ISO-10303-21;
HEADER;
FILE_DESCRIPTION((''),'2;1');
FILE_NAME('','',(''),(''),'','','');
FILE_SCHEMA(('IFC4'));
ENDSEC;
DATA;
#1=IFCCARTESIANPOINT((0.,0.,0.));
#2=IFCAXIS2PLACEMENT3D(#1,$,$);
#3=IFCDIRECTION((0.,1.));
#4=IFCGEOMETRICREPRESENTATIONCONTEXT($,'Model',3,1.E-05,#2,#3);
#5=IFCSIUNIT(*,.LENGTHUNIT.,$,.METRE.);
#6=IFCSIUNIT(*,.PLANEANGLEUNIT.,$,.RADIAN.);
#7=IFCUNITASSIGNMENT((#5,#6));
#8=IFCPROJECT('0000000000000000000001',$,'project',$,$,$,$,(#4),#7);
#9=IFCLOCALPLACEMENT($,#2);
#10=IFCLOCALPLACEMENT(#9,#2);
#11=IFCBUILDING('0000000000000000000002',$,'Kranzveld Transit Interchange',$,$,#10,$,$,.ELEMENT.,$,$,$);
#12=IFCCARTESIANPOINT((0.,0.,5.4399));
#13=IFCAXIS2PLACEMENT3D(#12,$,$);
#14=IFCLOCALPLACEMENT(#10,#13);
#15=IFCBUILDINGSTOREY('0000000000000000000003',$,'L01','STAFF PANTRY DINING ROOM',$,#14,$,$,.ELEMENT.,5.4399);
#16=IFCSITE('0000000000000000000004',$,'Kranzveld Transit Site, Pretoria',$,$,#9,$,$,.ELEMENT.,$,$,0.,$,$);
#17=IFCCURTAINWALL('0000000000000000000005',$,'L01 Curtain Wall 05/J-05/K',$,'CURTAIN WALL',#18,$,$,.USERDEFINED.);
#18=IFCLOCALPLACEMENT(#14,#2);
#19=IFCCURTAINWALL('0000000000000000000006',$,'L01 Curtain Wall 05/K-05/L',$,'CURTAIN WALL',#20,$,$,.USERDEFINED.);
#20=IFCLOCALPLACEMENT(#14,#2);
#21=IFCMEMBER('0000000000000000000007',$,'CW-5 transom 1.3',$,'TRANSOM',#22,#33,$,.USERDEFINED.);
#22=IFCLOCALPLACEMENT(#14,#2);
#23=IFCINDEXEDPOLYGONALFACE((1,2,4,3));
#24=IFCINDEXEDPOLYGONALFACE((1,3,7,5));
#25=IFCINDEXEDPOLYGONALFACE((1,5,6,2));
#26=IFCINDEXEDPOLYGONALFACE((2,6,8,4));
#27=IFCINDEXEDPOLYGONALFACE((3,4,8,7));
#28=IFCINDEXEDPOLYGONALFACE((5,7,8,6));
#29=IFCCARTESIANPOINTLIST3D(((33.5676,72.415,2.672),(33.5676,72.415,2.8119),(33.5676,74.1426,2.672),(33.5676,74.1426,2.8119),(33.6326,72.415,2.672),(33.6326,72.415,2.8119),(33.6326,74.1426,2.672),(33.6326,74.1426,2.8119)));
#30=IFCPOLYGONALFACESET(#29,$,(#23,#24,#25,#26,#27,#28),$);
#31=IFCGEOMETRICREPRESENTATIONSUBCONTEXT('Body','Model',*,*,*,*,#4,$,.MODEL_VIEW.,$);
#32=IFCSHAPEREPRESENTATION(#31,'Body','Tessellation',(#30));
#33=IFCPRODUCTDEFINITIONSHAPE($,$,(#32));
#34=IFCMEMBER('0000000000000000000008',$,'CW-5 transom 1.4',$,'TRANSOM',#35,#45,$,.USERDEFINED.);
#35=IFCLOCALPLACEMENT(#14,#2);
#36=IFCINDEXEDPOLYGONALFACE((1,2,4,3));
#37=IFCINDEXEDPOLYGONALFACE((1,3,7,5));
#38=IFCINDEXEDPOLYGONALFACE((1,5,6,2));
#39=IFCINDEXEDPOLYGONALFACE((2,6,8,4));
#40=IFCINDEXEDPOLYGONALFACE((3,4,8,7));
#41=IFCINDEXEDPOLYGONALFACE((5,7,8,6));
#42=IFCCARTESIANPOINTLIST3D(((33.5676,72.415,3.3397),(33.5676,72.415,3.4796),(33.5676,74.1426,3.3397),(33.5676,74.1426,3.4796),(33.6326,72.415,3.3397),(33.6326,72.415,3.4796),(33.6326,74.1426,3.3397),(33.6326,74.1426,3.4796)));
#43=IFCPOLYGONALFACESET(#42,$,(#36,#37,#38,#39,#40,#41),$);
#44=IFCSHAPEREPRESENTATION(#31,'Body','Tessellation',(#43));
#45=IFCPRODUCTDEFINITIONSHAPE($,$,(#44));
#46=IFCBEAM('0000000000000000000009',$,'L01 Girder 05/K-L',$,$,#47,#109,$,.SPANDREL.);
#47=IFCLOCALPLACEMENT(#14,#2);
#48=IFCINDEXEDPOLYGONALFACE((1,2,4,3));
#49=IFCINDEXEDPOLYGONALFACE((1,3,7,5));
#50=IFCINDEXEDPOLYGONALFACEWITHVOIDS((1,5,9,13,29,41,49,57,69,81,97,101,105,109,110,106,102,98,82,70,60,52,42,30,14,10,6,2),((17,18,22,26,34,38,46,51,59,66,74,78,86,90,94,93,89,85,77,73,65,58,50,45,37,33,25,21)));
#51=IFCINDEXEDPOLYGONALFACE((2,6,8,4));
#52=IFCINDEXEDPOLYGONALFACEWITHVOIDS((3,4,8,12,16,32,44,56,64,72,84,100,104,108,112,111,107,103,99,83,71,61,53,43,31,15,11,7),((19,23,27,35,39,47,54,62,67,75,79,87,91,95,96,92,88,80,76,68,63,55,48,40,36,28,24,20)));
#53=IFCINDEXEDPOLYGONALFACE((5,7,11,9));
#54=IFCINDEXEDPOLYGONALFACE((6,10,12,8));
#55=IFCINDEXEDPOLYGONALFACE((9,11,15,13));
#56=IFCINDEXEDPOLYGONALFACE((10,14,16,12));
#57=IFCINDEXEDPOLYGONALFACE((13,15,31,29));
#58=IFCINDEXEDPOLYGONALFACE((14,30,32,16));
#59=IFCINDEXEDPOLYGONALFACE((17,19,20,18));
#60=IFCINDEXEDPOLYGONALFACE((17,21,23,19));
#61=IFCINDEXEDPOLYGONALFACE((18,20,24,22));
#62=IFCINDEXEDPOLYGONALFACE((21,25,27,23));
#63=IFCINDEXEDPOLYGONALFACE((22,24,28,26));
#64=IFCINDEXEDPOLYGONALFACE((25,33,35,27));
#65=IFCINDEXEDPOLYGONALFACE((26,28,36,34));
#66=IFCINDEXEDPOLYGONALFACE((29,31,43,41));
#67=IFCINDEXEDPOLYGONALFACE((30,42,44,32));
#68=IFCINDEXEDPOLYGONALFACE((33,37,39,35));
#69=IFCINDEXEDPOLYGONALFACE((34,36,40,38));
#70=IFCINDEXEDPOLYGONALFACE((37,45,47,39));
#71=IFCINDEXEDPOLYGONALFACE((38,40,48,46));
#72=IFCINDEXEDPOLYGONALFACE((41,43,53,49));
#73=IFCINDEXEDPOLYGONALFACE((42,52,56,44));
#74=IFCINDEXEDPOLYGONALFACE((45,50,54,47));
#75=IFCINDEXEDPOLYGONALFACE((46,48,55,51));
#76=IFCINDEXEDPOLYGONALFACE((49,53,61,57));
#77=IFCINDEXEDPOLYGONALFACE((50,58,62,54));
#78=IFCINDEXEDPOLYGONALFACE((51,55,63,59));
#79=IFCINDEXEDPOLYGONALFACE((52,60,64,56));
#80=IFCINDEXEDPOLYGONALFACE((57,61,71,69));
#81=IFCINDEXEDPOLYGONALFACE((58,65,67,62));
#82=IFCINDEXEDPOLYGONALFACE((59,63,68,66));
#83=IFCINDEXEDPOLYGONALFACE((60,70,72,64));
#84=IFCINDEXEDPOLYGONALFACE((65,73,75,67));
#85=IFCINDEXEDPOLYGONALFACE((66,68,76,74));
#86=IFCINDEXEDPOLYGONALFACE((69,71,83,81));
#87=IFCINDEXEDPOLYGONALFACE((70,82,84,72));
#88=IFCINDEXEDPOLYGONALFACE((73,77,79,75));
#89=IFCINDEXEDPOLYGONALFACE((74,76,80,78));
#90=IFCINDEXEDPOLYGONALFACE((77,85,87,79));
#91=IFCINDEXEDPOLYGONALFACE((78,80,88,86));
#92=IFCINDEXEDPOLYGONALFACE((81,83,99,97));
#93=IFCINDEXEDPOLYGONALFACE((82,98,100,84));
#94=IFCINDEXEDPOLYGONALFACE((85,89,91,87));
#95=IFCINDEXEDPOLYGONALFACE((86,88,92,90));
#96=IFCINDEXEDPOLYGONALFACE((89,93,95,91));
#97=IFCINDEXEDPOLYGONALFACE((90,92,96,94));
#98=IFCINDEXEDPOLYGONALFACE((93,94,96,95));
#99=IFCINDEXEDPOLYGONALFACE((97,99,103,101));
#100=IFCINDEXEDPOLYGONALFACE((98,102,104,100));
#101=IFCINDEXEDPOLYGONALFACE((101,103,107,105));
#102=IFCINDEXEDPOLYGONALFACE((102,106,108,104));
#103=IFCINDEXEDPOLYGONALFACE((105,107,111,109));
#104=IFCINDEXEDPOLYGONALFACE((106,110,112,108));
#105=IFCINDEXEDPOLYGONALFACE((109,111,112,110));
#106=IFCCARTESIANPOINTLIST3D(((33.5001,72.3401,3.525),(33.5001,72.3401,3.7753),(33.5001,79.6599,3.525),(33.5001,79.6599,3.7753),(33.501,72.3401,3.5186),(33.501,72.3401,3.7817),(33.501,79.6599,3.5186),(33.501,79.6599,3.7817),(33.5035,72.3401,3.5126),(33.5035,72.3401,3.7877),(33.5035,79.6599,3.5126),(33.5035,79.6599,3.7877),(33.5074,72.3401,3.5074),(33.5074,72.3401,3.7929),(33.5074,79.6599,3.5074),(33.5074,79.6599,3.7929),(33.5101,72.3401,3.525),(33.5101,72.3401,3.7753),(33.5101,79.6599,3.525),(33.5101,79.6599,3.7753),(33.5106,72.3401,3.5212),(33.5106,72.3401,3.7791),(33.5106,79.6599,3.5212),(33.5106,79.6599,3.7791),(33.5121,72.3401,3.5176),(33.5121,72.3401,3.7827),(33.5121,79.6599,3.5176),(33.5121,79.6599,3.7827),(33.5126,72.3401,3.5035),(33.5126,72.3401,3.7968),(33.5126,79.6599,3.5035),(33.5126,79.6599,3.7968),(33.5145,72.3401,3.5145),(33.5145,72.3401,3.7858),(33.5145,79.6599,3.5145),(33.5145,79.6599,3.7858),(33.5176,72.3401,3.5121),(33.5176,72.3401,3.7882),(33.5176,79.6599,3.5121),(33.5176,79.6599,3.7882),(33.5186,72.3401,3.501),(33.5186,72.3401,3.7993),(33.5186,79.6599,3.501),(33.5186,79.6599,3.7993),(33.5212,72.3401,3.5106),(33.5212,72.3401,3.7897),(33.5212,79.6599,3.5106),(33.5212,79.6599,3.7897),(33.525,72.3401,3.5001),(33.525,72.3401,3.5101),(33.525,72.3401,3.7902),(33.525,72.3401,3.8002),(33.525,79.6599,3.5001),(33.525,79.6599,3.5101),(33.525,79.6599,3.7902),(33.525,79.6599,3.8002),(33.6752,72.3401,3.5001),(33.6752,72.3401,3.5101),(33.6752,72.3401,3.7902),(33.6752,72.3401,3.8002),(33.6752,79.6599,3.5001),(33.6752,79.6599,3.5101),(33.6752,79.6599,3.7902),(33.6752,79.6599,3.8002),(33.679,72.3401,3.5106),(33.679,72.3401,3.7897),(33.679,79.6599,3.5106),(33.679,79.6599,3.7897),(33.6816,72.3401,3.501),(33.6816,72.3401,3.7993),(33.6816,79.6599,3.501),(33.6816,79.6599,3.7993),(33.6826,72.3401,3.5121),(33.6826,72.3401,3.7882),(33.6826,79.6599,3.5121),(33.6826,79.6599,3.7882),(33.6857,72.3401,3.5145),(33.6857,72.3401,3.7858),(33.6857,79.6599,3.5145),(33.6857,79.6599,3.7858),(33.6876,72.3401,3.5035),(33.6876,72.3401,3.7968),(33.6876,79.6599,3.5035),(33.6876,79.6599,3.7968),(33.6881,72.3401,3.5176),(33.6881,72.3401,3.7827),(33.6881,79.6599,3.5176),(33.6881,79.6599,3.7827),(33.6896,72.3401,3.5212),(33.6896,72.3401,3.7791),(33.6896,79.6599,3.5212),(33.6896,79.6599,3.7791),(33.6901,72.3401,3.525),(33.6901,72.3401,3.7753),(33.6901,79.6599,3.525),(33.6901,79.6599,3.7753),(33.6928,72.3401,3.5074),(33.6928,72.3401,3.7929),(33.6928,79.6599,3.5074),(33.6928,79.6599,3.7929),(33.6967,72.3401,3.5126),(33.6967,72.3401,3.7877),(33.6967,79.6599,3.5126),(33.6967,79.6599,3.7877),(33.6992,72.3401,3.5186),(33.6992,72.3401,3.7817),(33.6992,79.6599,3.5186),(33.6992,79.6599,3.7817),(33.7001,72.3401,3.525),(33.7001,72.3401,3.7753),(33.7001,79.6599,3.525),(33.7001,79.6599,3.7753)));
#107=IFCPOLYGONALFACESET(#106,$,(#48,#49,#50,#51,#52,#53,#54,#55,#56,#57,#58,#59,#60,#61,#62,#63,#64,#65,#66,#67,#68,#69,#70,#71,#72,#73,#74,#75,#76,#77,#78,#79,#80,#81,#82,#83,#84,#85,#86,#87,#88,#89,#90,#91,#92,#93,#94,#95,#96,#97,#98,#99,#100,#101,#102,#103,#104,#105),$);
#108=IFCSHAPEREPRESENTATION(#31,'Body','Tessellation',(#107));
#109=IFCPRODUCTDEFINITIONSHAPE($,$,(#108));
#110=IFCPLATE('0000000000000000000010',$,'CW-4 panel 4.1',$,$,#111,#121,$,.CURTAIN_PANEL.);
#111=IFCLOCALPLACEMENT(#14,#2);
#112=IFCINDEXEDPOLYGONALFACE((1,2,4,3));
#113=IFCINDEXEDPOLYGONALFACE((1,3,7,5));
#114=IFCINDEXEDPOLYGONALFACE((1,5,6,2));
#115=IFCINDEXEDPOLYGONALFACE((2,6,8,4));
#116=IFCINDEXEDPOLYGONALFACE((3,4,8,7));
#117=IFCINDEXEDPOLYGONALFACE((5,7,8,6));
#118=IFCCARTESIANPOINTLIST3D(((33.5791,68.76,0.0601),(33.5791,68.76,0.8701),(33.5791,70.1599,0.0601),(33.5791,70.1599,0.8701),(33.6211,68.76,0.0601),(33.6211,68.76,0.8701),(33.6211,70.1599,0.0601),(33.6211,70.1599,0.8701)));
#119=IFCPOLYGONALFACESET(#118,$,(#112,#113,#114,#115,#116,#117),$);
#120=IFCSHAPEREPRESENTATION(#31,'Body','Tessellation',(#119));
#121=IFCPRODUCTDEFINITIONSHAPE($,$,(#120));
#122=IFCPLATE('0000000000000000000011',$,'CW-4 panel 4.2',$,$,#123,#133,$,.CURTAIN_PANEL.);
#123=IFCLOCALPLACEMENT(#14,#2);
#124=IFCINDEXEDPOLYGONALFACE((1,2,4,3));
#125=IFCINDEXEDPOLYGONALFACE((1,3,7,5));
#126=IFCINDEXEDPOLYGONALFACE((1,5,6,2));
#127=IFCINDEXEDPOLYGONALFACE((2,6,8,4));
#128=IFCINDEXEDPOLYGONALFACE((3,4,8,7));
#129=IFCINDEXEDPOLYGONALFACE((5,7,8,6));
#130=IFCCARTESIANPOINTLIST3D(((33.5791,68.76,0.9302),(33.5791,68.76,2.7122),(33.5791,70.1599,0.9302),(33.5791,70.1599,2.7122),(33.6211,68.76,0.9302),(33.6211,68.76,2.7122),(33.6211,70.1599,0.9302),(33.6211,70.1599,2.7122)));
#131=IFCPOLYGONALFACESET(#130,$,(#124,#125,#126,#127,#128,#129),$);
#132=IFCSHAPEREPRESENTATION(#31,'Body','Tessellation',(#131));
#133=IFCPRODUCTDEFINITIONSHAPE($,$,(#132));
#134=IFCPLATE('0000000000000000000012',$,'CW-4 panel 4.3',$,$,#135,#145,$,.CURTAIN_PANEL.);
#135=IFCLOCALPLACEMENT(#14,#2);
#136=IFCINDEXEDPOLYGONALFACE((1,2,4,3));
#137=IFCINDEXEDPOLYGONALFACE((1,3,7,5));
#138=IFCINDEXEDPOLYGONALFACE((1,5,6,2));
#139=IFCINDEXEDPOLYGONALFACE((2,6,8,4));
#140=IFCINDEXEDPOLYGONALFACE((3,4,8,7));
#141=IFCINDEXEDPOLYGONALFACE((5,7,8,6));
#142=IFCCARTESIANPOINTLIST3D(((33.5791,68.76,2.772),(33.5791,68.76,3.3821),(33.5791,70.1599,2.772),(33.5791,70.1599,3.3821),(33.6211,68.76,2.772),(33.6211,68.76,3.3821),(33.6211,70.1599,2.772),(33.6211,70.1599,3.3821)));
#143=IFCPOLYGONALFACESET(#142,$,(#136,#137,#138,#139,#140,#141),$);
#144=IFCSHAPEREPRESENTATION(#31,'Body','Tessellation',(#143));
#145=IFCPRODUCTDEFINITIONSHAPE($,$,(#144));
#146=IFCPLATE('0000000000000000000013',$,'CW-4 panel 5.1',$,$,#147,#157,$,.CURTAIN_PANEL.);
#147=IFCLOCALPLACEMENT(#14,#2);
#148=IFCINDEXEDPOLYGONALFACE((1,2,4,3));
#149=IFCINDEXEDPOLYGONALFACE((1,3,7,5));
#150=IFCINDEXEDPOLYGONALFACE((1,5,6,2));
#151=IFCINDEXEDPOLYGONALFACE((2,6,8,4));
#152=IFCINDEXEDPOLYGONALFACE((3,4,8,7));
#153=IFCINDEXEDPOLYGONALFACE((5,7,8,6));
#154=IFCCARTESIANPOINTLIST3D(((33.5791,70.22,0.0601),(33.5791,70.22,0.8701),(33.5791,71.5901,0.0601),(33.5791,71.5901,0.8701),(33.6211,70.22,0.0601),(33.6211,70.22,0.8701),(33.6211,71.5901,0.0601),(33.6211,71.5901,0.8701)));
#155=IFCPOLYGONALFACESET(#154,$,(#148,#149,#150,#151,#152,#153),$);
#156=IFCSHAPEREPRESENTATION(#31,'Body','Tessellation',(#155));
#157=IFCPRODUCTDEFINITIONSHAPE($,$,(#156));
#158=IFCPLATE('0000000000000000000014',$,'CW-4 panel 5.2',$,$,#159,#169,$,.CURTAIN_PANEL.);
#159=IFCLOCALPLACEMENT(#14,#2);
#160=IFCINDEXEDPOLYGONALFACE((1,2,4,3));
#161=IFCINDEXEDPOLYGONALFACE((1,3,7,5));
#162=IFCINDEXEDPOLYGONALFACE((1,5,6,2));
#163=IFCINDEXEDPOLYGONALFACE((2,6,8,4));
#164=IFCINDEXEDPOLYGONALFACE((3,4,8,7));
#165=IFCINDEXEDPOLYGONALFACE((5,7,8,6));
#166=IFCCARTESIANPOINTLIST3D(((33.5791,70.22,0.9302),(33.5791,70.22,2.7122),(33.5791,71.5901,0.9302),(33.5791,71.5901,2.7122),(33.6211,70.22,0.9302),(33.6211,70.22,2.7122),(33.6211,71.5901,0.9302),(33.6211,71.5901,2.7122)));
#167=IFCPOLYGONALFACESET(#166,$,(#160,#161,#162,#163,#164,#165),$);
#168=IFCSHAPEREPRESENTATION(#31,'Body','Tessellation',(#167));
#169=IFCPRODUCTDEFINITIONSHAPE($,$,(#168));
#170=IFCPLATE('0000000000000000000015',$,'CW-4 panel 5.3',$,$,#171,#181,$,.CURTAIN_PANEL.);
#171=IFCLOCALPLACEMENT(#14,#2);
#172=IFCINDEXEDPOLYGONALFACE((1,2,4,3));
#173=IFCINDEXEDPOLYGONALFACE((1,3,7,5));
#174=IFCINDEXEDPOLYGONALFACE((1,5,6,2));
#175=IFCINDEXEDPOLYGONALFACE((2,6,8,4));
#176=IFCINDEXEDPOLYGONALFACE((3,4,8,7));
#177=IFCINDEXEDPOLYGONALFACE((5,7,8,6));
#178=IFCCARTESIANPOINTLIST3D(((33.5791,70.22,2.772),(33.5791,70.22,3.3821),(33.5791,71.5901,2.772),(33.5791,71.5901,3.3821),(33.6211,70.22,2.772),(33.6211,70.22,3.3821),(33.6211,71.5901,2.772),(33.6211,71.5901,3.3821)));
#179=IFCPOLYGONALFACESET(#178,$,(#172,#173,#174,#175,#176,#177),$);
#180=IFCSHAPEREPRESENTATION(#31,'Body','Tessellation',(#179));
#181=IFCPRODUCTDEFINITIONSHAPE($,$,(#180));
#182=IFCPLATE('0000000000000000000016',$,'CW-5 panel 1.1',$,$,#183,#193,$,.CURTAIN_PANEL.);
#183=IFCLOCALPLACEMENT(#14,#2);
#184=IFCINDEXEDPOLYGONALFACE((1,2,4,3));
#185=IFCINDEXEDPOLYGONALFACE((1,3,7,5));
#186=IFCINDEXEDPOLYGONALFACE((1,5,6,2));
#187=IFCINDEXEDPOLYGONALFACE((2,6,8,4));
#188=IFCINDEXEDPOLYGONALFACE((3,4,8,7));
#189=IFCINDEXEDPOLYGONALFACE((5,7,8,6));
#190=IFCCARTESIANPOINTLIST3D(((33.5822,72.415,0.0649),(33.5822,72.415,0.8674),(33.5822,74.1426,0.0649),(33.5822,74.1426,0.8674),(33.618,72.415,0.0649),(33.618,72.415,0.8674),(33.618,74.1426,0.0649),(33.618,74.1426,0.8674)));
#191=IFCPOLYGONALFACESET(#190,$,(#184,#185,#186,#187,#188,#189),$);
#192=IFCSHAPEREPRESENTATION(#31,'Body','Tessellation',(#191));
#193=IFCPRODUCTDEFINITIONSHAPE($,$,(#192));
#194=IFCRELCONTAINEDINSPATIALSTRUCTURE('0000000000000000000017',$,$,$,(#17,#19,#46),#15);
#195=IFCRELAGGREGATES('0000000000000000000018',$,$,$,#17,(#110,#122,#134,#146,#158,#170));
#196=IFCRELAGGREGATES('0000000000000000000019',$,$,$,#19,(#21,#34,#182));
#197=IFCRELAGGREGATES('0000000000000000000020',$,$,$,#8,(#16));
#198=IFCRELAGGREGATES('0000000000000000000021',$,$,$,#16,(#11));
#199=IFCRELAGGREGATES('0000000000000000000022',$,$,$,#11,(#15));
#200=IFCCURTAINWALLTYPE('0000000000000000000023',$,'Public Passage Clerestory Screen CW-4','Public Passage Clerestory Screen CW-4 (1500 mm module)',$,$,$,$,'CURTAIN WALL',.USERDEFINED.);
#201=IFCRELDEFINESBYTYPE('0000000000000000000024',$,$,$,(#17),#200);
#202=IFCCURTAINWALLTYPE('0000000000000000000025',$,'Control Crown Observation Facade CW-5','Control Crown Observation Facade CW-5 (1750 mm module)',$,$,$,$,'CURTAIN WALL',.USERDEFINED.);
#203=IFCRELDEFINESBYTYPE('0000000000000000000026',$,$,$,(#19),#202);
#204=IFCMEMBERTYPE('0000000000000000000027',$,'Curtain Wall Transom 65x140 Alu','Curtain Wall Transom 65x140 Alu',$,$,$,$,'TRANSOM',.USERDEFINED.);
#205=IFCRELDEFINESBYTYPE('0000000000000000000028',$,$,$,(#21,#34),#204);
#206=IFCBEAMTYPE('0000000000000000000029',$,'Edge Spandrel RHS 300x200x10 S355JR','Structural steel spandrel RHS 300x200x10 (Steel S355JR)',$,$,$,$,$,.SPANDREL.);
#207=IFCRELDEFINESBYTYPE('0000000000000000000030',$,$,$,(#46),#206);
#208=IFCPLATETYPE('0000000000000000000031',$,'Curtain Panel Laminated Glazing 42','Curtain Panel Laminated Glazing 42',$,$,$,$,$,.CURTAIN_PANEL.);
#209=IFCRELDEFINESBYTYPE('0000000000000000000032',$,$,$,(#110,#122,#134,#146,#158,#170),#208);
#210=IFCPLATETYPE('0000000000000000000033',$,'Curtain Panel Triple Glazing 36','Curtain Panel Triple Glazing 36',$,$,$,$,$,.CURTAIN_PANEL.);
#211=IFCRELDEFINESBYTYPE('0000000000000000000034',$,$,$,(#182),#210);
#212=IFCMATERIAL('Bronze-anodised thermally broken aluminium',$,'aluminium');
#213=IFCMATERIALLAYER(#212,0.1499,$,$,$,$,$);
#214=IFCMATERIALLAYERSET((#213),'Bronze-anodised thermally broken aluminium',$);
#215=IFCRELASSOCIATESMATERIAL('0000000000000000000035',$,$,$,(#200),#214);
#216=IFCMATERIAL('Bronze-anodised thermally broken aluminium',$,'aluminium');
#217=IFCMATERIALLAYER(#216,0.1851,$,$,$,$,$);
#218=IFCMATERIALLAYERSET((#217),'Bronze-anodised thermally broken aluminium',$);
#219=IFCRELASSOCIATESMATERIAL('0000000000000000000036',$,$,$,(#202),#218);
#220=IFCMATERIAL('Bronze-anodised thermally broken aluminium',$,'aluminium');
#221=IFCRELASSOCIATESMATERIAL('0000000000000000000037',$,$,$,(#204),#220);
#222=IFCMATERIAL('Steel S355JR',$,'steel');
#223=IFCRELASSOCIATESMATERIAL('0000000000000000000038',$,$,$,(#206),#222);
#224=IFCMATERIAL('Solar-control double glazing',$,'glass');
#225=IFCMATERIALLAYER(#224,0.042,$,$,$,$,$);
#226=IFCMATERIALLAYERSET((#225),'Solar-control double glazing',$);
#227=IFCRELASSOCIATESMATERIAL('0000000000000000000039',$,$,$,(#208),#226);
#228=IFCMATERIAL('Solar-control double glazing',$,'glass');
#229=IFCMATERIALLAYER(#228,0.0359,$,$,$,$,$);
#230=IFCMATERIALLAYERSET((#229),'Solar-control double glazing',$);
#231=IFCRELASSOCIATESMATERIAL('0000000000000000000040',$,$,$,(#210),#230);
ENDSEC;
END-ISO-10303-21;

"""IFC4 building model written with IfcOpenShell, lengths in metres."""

from ifc_helpers import new_model, si_unit, direction, frame, origin, origin_2d, place, context, subcontext, project, spatial, rectangle, hollow_rectangle, extrude, material, layer, layer_set, material_profile, profile_set, type_object, element, aggregate, save


model = new_model("IFC4")

# Units and contexts
model_context = context("Model", 3, precision=1e-05, world=origin(), true_north=direction((0.0, 1.0)))
body_context = subcontext(model_context, "Body", "Model", "MODEL_VIEW")
ifc_project = project(units=[si_unit("LENGTHUNIT", "METRE"), si_unit("PLANEANGLEUNIT", "RADIAN")], contexts=[model_context])

# Site, building, storey
site_placement = place(None, origin())
site = spatial("IfcSite", under=ifc_project, at=site_placement, Name="Kranzveld Transit Site, Pretoria", CompositionType="ELEMENT", RefElevation=0.0)
building_placement = place(site_placement, origin())
building = spatial("IfcBuilding", under=site, at=building_placement, Name="Kranzveld Transit Interchange", CompositionType="ELEMENT")
storey_placement = place(building_placement, frame((0.0, 0.0, 5.4399)))
storey = spatial("IfcBuildingStorey", under=building, at=storey_placement, Name="L01", Description="STAFF PANTRY DINING ROOM", CompositionType="ELEMENT", Elevation=5.4399)

# Curtain wall
ifc_material_1 = material(Name="Bronze-anodised thermally broken aluminium", Category="aluminium")
ifc_layer_1 = layer(ifc_material_1, 0.1499)
ifc_layer_set_1 = layer_set([ifc_layer_1], Name="Bronze-anodised thermally broken aluminium")
curtain_wall_type_1 = type_object("IfcCurtainWallType", Name="Public Passage Clerestory Screen CW-4", Description="Public Passage Clerestory Screen CW-4 (1500 mm module)", ElementType="CURTAIN WALL", PredefinedType="USERDEFINED", material=ifc_layer_set_1)
curtain_wall_1_placement = place(storey_placement, origin())
curtain_wall_1 = element("IfcCurtainWall", 1, at=curtain_wall_1_placement, inside=storey, type_object=curtain_wall_type_1, Name="L01 Curtain Wall 05/J-05/K", ObjectType="CURTAIN WALL", PredefinedType="USERDEFINED")

# Curtain wall
ifc_material_2 = material(Name="Bronze-anodised thermally broken aluminium", Category="aluminium")
ifc_layer_2 = layer(ifc_material_2, 0.1851)
ifc_layer_set_2 = layer_set([ifc_layer_2], Name="Bronze-anodised thermally broken aluminium")
curtain_wall_type_2 = type_object("IfcCurtainWallType", Name="Control Crown Observation Facade CW-5", Description="Control Crown Observation Facade CW-5 (1750 mm module)", ElementType="CURTAIN WALL", PredefinedType="USERDEFINED", material=ifc_layer_set_2)
curtain_wall_2_placement = place(storey_placement, origin())
curtain_wall_2 = element("IfcCurtainWall", 2, at=curtain_wall_2_placement, inside=storey, type_object=curtain_wall_type_2, Name="L01 Curtain Wall 05/K-05/L", ObjectType="CURTAIN WALL", PredefinedType="USERDEFINED")

# Members
ifc_material_3 = material(Name="Bronze-anodised thermally broken aluminium", Category="aluminium")
ifc_material_profile_1 = material_profile(ifc_material_3, rectangle(XDim=0.0649, YDim=0.1399, at=origin_2d()), Name="ALU TRANSOM 65x140")
ifc_profile_set_1 = profile_set([ifc_material_profile_1], Name="Bronze-anodised thermally broken aluminium")
member_type_1 = type_object("IfcMemberType", Name="Curtain Wall Transom 65x140 Alu", Description="Curtain Wall Transom 65x140 Alu", ElementType="TRANSOM", PredefinedType="USERDEFINED", material=ifc_profile_set_1)
member_1_placement = place(storey_placement, frame((33.6001, 72.415, 2.7419), z_axis=(0.0, 1.0, 0.0), x_axis=(-1.0, 0.0, 0.0)))
member_1 = element("IfcMember", 3, at=member_1_placement, type_object=member_type_1, Name="CW-5 transom 1.3", ObjectType="TRANSOM", PredefinedType="USERDEFINED", context=body_context, shape_type="SweptSolid", body=[
    extrude(rectangle(XDim=0.0649, YDim=0.1399, at=origin_2d()), origin(), (0.0, 0.0, 1.0), 1.7275),
])
member_2_placement = place(storey_placement, frame((33.6001, 72.415, 3.4097), z_axis=(0.0, 1.0, 0.0), x_axis=(-1.0, 0.0, 0.0)))
member_2 = element("IfcMember", 4, at=member_2_placement, type_object=member_type_1, Name="CW-5 transom 1.4", ObjectType="TRANSOM", PredefinedType="USERDEFINED", context=body_context, shape_type="SweptSolid", body=[
    extrude(rectangle(XDim=0.0649, YDim=0.1399, at=origin_2d()), origin(), (0.0, 0.0, 1.0), 1.7275),
])

# Beam
ifc_material_4 = material(Name="Steel S355JR", Category="steel")
ifc_material_profile_2 = material_profile(ifc_material_4, hollow_rectangle(XDim=0.2, YDim=0.3, WallThickness=0.01, InnerFilletRadius=0.0149, OuterFilletRadius=0.0249, at=origin_2d()), Name="RHS 300x200x10")
ifc_profile_set_2 = profile_set([ifc_material_profile_2], Name="Steel S355JR")
beam_type = type_object("IfcBeamType", Name="Edge Spandrel RHS 300x200x10 S355JR", Description="Structural steel spandrel RHS 300x200x10 (Steel S355JR)", PredefinedType="SPANDREL", material=ifc_profile_set_2)
beam_placement = place(storey_placement, frame((33.6001, 72.3401, 3.6501), z_axis=(0.0, 1.0, 0.0), x_axis=(-1.0, 0.0, 0.0)))
element("IfcBeam", 5, at=beam_placement, inside=storey, type_object=beam_type, Name="L01 Girder 05/K-L", PredefinedType="SPANDREL", context=body_context, shape_type="SweptSolid", body=[
    extrude(hollow_rectangle(XDim=0.2, YDim=0.3, WallThickness=0.01, InnerFilletRadius=0.0149, OuterFilletRadius=0.0249, at=origin_2d()), origin(), (0.0, 0.0, 1.0), 7.3198),
])

# Plates
ifc_material_5 = material(Name="Solar-control double glazing", Category="glass")
ifc_layer_3 = layer(ifc_material_5, 0.042)
ifc_layer_set_3 = layer_set([ifc_layer_3], Name="Solar-control double glazing")
plate_type_1 = type_object("IfcPlateType", Name="Curtain Panel Laminated Glazing 42", Description="Curtain Panel Laminated Glazing 42", PredefinedType="CURTAIN_PANEL", material=ifc_layer_set_3)
plate_1_placement = place(storey_placement, frame((33.6001, 69.46, 0.0601), z_axis=(0.0, 0.0, 1.0), x_axis=(0.0, 1.0, 0.0)))
plate_1 = element("IfcPlate", 6, at=plate_1_placement, type_object=plate_type_1, Name="CW-4 panel 4.1", PredefinedType="CURTAIN_PANEL", context=body_context, shape_type="SweptSolid", body=[
    extrude(rectangle(XDim=1.3999, YDim=0.042, at=origin_2d()), origin(), (0.0, 0.0, 1.0), 0.8101),
])
plate_2_placement = place(storey_placement, frame((33.6001, 69.46, 0.9302), z_axis=(0.0, 0.0, 1.0), x_axis=(0.0, 1.0, 0.0)))
plate_2 = element("IfcPlate", 7, at=plate_2_placement, type_object=plate_type_1, Name="CW-4 panel 4.2", PredefinedType="CURTAIN_PANEL", context=body_context, shape_type="SweptSolid", body=[
    extrude(rectangle(XDim=1.3999, YDim=0.042, at=origin_2d()), origin(), (0.0, 0.0, 1.0), 1.782),
])
plate_3_placement = place(storey_placement, frame((33.6001, 69.46, 2.772), z_axis=(0.0, 0.0, 1.0), x_axis=(0.0, 1.0, 0.0)))
plate_3 = element("IfcPlate", 8, at=plate_3_placement, type_object=plate_type_1, Name="CW-4 panel 4.3", PredefinedType="CURTAIN_PANEL", context=body_context, shape_type="SweptSolid", body=[
    extrude(rectangle(XDim=1.3999, YDim=0.042, at=origin_2d()), origin(), (0.0, 0.0, 1.0), 0.6101),
])
plate_4_placement = place(storey_placement, frame((33.6001, 70.905, 0.0601), z_axis=(0.0, 0.0, 1.0), x_axis=(0.0, 1.0, 0.0)))
plate_4 = element("IfcPlate", 9, at=plate_4_placement, type_object=plate_type_1, Name="CW-4 panel 5.1", PredefinedType="CURTAIN_PANEL", context=body_context, shape_type="SweptSolid", body=[
    extrude(rectangle(XDim=1.3701, YDim=0.042, at=origin_2d()), origin(), (0.0, 0.0, 1.0), 0.8101),
])
plate_5_placement = place(storey_placement, frame((33.6001, 70.905, 0.9302), z_axis=(0.0, 0.0, 1.0), x_axis=(0.0, 1.0, 0.0)))
plate_5 = element("IfcPlate", 10, at=plate_5_placement, type_object=plate_type_1, Name="CW-4 panel 5.2", PredefinedType="CURTAIN_PANEL", context=body_context, shape_type="SweptSolid", body=[
    extrude(rectangle(XDim=1.3701, YDim=0.042, at=origin_2d()), origin(), (0.0, 0.0, 1.0), 1.782),
])
plate_6_placement = place(storey_placement, frame((33.6001, 70.905, 2.772), z_axis=(0.0, 0.0, 1.0), x_axis=(0.0, 1.0, 0.0)))
plate_6 = element("IfcPlate", 11, at=plate_6_placement, type_object=plate_type_1, Name="CW-4 panel 5.3", PredefinedType="CURTAIN_PANEL", context=body_context, shape_type="SweptSolid", body=[
    extrude(rectangle(XDim=1.3701, YDim=0.042, at=origin_2d()), origin(), (0.0, 0.0, 1.0), 0.6101),
])
aggregate(curtain_wall_1, [plate_1, plate_2, plate_3, plate_4, plate_5, plate_6])
ifc_material_6 = material(Name="Solar-control double glazing", Category="glass")
ifc_layer_4 = layer(ifc_material_6, 0.0359)
ifc_layer_set_4 = layer_set([ifc_layer_4], Name="Solar-control double glazing")
plate_type_2 = type_object("IfcPlateType", Name="Curtain Panel Triple Glazing 36", Description="Curtain Panel Triple Glazing 36", PredefinedType="CURTAIN_PANEL", material=ifc_layer_set_4)
plate_7_placement = place(storey_placement, frame((33.6001, 73.2788, 0.0649), z_axis=(0.0, 0.0, 1.0), x_axis=(0.0, 1.0, 0.0)))
plate_7 = element("IfcPlate", 12, at=plate_7_placement, type_object=plate_type_2, Name="CW-5 panel 1.1", PredefinedType="CURTAIN_PANEL", context=body_context, shape_type="SweptSolid", body=[
    extrude(rectangle(XDim=1.7275, YDim=0.0359, at=origin_2d()), origin(), (0.0, 0.0, 1.0), 0.8025),
])
aggregate(curtain_wall_2, [member_1, member_2, plate_7])

save(model, "model.ifc")
